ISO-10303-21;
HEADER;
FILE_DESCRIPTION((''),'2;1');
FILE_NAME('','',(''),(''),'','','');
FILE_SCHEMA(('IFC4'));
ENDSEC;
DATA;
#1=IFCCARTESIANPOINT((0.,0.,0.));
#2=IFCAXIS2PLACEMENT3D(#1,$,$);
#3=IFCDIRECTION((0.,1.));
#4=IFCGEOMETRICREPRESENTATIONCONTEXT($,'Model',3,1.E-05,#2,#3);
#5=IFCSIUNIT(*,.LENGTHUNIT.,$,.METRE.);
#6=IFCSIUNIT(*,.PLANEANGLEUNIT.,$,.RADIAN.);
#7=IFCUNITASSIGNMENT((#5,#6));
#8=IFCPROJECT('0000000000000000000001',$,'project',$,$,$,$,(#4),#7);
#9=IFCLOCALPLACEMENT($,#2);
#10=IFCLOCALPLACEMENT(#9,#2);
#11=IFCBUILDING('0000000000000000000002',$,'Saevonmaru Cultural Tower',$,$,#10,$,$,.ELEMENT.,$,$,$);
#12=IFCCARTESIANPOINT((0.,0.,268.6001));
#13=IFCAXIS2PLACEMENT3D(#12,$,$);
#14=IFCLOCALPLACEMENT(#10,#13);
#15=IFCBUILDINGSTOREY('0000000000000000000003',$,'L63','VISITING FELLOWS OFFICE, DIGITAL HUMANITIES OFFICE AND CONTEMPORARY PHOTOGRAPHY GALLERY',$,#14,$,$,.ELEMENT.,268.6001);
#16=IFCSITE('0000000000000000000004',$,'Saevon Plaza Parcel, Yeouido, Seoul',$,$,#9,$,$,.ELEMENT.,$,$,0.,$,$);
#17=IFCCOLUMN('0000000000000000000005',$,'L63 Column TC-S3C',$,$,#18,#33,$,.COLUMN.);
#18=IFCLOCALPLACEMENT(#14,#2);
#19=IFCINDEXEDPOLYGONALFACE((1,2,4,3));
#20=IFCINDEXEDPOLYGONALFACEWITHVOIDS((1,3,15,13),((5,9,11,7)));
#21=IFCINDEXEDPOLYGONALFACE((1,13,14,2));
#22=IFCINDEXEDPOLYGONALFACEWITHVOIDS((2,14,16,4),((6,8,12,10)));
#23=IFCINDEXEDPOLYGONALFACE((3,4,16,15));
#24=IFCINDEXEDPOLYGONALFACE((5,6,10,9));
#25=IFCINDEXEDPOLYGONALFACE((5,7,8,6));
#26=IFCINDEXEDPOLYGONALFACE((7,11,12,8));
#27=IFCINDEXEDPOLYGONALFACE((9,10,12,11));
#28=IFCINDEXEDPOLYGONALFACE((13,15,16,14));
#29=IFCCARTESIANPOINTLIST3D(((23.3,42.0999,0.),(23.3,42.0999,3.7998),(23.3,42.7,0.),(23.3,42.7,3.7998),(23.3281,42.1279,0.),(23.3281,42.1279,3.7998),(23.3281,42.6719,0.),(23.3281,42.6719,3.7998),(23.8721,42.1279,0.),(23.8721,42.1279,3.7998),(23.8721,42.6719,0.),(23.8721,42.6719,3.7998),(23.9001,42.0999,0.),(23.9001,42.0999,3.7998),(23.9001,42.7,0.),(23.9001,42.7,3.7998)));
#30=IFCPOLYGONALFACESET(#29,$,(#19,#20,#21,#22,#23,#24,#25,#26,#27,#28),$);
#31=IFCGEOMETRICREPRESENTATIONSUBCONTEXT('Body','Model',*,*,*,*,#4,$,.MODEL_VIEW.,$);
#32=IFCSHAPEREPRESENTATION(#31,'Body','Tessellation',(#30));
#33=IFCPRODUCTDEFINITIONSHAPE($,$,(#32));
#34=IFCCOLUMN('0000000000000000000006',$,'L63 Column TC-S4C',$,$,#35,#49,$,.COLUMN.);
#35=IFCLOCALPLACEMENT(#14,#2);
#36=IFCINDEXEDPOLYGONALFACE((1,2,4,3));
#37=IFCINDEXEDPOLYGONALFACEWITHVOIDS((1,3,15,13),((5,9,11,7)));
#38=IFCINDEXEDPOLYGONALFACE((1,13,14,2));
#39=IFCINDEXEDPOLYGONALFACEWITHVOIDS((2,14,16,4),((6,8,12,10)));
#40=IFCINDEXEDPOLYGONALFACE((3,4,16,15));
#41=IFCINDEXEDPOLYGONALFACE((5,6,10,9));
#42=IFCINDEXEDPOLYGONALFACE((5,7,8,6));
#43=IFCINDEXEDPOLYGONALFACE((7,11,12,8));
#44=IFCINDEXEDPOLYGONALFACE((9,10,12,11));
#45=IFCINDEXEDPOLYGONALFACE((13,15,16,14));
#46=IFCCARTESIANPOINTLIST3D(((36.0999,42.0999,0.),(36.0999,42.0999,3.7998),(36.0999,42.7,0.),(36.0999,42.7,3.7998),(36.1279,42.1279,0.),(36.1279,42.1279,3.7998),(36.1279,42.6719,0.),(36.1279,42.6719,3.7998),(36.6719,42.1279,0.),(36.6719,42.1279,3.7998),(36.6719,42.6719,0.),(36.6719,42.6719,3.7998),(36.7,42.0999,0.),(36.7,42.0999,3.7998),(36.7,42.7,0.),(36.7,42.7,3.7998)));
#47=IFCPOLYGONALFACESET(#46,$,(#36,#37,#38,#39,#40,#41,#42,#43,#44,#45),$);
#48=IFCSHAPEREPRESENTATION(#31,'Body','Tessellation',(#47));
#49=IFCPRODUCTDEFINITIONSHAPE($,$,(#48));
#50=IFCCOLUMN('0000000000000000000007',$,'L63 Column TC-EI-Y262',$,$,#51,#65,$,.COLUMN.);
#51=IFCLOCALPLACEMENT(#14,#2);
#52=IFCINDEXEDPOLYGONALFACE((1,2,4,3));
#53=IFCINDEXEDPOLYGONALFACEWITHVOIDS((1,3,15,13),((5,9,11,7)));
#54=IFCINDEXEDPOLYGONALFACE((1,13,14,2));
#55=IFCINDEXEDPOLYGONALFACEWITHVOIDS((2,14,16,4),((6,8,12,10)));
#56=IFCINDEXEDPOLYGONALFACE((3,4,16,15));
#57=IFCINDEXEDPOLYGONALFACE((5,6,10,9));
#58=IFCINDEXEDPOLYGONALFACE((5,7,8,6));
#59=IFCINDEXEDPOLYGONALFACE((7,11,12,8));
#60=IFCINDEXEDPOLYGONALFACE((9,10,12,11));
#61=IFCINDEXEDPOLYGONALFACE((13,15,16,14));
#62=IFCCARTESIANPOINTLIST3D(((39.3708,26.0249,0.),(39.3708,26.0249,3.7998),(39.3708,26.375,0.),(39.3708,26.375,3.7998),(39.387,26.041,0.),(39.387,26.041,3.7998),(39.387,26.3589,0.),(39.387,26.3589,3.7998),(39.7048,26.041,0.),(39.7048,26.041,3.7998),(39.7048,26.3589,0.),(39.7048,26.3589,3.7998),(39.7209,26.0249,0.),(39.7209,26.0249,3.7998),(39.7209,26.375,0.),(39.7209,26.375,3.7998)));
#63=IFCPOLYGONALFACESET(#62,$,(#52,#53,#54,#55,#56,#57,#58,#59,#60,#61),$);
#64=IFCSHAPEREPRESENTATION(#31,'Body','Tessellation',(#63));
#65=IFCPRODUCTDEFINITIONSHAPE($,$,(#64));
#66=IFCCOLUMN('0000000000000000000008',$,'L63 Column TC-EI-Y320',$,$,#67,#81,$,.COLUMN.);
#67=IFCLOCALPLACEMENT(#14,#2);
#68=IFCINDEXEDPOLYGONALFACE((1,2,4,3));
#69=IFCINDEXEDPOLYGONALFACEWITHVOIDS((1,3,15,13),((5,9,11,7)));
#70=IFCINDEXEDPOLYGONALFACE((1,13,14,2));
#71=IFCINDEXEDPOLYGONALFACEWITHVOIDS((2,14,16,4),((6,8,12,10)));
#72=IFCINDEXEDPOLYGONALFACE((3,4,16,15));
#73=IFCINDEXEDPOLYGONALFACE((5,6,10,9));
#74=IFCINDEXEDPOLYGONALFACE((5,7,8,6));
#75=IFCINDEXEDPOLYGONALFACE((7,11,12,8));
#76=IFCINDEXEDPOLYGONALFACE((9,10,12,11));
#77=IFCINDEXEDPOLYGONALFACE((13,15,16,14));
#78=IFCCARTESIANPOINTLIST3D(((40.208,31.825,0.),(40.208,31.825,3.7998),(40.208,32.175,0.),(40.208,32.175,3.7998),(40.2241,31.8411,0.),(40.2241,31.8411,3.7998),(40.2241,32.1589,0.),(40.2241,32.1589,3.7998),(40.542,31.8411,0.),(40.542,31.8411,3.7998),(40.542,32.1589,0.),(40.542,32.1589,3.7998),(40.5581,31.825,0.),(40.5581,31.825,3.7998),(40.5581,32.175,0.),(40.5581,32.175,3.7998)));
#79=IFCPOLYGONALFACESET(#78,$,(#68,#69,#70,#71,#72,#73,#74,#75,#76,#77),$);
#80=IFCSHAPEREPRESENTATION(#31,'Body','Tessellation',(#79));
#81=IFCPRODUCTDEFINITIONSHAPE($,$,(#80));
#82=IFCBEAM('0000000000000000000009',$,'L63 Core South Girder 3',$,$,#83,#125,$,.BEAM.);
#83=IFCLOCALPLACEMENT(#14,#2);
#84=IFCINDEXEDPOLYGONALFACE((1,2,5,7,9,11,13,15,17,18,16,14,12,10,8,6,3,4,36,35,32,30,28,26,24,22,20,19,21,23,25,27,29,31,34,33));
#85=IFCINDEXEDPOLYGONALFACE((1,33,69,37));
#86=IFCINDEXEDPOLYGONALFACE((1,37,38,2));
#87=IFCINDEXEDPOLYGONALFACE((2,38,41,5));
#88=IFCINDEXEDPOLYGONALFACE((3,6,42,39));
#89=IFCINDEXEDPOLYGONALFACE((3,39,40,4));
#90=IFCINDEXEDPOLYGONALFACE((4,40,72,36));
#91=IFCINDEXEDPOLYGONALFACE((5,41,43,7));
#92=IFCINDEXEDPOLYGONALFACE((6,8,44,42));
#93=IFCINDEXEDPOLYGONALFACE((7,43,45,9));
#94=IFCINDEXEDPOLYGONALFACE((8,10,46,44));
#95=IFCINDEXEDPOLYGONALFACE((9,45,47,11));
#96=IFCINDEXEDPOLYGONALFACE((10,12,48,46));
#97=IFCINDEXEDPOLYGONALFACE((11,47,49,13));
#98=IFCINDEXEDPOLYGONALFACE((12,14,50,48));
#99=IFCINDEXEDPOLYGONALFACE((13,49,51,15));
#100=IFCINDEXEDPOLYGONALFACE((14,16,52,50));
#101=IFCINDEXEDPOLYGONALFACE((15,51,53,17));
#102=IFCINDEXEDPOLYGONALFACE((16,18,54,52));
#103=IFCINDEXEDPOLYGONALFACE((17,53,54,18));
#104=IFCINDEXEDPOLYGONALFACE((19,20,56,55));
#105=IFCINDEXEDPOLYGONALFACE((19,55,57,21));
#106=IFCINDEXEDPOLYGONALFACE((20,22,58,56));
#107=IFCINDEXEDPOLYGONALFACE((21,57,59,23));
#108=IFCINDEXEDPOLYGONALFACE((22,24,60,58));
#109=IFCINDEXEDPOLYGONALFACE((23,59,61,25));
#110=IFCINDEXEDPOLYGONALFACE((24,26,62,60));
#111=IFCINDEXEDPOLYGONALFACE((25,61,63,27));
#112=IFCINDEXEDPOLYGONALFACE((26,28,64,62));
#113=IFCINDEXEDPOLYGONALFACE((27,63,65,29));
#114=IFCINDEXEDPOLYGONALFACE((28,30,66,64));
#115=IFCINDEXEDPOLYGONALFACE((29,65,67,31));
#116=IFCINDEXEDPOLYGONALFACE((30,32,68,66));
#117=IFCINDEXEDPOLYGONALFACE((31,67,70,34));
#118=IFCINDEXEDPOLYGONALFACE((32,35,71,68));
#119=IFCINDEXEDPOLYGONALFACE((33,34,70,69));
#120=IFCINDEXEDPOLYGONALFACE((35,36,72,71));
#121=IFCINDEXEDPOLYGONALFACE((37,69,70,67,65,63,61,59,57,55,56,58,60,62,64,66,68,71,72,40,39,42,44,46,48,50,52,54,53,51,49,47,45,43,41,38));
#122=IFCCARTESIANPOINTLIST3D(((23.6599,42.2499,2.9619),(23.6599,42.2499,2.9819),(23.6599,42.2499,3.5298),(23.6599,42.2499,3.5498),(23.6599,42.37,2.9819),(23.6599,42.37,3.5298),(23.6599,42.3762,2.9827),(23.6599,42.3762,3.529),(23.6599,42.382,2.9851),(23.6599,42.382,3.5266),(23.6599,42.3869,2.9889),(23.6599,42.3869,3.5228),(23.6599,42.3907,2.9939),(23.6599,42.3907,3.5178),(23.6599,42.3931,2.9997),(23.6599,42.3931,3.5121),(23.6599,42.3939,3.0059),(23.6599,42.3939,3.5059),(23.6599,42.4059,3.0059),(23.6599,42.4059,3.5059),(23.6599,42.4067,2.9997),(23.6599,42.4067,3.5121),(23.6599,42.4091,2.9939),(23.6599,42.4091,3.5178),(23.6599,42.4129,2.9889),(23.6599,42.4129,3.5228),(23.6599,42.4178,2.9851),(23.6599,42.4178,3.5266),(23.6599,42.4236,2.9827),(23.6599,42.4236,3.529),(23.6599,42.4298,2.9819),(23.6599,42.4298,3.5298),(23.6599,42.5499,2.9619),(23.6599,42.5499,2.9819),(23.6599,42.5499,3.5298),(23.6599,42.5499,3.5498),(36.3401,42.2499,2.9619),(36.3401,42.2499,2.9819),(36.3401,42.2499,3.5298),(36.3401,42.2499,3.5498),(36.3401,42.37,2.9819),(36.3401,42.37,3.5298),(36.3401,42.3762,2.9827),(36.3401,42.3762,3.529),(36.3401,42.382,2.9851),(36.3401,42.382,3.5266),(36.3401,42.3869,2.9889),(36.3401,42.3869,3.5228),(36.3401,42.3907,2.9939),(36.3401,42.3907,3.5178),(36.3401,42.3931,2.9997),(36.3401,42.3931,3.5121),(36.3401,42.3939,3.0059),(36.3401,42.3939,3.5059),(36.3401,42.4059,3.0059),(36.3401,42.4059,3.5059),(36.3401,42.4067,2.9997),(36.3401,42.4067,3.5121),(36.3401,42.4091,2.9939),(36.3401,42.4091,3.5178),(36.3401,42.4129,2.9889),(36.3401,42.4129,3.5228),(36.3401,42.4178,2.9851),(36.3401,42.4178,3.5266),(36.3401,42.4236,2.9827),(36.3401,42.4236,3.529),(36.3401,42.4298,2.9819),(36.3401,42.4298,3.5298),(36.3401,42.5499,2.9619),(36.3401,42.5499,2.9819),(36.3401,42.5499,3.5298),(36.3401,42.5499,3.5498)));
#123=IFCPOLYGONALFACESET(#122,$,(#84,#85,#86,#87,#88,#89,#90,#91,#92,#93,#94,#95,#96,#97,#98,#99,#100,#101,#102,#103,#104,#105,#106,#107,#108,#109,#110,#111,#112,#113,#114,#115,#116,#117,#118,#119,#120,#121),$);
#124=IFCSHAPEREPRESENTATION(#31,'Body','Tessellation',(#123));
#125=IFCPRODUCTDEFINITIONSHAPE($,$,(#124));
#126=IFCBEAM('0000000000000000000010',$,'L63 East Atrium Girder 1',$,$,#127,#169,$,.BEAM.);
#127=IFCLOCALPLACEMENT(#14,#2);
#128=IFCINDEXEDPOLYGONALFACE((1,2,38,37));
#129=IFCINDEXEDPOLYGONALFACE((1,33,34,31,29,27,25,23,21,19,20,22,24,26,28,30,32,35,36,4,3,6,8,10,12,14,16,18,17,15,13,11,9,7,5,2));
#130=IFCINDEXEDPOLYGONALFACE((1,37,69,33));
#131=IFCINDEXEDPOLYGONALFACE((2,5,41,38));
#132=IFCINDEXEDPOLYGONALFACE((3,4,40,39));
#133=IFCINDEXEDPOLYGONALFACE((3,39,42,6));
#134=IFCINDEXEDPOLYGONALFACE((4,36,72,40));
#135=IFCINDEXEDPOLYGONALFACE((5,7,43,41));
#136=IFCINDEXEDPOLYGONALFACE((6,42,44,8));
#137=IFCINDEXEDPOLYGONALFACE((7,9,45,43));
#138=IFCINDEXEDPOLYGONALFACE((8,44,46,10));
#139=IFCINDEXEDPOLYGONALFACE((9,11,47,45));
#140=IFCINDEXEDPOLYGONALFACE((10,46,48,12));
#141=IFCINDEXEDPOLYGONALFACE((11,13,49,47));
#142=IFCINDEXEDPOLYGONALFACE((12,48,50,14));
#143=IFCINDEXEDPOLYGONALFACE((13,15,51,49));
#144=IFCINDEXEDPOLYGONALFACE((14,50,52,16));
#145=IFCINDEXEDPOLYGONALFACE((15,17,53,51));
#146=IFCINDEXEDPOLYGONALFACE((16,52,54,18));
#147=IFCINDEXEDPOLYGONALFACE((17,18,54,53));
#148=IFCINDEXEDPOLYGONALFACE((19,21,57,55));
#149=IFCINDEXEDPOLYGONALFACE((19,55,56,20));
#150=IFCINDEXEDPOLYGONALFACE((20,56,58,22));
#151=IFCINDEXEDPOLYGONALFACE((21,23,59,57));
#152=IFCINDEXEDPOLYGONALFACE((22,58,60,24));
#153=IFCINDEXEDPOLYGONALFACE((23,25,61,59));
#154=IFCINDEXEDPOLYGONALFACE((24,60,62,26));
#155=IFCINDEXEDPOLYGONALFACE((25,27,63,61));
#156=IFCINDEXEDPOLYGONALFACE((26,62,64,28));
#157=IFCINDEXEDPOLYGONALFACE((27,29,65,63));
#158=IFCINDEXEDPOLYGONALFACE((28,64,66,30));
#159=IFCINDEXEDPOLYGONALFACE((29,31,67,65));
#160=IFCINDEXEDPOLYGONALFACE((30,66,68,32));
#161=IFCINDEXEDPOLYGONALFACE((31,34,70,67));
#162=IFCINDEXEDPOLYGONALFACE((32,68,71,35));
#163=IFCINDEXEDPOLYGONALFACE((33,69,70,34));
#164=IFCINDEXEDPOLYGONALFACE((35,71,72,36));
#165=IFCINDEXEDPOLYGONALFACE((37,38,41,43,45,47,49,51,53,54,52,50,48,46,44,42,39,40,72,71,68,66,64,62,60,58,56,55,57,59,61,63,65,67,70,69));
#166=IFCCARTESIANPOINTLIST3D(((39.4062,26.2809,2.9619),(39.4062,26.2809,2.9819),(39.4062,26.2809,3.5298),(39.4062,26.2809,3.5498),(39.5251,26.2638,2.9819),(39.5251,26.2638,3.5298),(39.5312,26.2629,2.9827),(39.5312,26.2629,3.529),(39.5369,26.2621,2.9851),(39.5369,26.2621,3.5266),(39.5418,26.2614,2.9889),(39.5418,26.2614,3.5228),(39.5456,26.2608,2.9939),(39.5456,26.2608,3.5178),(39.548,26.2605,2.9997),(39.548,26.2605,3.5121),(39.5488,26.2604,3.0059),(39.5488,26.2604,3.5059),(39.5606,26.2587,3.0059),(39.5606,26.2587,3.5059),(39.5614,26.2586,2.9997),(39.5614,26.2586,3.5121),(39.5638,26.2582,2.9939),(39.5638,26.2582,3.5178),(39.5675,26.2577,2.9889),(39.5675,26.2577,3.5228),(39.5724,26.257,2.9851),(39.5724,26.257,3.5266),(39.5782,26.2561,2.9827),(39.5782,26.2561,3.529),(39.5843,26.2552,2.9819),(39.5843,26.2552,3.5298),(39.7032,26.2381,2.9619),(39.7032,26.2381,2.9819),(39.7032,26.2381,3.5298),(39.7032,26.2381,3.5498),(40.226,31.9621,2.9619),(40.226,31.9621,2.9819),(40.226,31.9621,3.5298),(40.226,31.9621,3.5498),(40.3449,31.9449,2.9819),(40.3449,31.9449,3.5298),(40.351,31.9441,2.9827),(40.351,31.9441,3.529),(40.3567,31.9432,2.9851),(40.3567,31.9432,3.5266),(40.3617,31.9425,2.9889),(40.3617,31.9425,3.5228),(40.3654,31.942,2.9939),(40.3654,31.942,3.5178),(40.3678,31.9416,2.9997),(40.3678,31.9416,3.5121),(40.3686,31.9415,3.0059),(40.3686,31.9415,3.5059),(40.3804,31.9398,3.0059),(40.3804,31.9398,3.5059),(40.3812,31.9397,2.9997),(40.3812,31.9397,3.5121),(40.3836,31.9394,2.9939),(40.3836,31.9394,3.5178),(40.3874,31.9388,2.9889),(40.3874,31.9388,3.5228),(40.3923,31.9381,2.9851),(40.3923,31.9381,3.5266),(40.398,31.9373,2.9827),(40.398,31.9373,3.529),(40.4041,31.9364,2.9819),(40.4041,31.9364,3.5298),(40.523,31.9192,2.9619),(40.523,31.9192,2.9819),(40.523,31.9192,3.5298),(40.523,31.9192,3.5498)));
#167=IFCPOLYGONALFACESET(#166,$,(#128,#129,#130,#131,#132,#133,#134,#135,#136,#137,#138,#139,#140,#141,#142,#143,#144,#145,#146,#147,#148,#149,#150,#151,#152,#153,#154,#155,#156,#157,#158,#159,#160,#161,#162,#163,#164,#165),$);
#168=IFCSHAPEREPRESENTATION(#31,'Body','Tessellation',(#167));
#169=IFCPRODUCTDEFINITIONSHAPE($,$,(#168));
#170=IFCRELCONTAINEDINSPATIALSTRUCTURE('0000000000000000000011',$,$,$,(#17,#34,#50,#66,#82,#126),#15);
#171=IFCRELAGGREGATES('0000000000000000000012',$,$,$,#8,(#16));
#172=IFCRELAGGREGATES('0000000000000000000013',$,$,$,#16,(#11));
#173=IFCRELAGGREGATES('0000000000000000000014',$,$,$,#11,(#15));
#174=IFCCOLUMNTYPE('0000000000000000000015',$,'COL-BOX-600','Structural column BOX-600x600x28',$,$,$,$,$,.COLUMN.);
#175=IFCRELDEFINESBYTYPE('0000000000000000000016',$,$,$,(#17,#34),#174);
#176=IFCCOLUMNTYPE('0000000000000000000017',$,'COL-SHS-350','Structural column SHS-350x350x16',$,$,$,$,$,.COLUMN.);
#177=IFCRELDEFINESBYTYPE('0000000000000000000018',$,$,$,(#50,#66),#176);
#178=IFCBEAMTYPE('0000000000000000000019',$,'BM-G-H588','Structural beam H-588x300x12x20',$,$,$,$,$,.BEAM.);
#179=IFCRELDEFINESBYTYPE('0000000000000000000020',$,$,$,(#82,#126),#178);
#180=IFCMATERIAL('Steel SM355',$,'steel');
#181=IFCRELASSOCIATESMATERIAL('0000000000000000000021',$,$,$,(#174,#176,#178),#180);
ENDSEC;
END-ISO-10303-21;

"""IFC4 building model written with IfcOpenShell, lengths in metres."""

from ifc_helpers import new_model, si_unit, direction, frame, origin, origin_2d, place, context, subcontext, project, spatial, hollow_rectangle, i_section, extrude, material, material_profile, profile_set, type_object, element, save


model = new_model("IFC4")

# Units and contexts
model_context = context("Model", 3, precision=1e-05, world=origin(), true_north=direction((0.0, 1.0)))
body_context = subcontext(model_context, "Body", "Model", "MODEL_VIEW")
ifc_project = project(units=[si_unit("LENGTHUNIT", "METRE"), si_unit("PLANEANGLEUNIT", "RADIAN")], contexts=[model_context])

# Site, building, storey
site_placement = place(None, origin())
site = spatial("IfcSite", under=ifc_project, at=site_placement, Name="Saevon Plaza Parcel, Yeouido, Seoul", CompositionType="ELEMENT", RefElevation=0.0)
building_placement = place(site_placement, origin())
building = spatial("IfcBuilding", under=site, at=building_placement, Name="Saevonmaru Cultural Tower", CompositionType="ELEMENT")
storey_placement = place(building_placement, frame((0.0, 0.0, 268.6001)))
storey = spatial("IfcBuildingStorey", under=building, at=storey_placement, Name="L63", Description="VISITING FELLOWS OFFICE, DIGITAL HUMANITIES OFFICE AND CONTEMPORARY PHOTOGRAPHY GALLERY", CompositionType="ELEMENT", Elevation=268.6001)

# Columns
ifc_material_1 = material(Name="Steel SM355", Category="steel")
ifc_material_profile_1 = material_profile(ifc_material_1, hollow_rectangle(XDim=0.6001, YDim=0.6001, WallThickness=0.0281, at=origin_2d()), Name="BOX-600x600x28")
ifc_profile_set_1 = profile_set([ifc_material_profile_1], Name="Steel SM355")
column_type_1 = type_object("IfcColumnType", Name="COL-BOX-600", Description="Structural column BOX-600x600x28", PredefinedType="COLUMN", material=ifc_profile_set_1)
for number, where, z_axis, x_axis, name in (
    (1, (23.6001, 42.3999, 0.0), (0.0, 0.0, 1.0), (1.0, 0.0, 0.0), "L63 Column TC-S3C"),
    (2, (36.3999, 42.3999, 0.0), (0.0, 0.0, 1.0), (1.0, 0.0, 0.0), "L63 Column TC-S4C"),
):
    element("IfcColumn", number, at=place(storey_placement, frame(where, z_axis=z_axis, x_axis=x_axis)), inside=storey, type_object=column_type_1, Name=name, PredefinedType="COLUMN", context=body_context, shape_type="SweptSolid", body=[
        extrude(hollow_rectangle(XDim=0.6001, YDim=0.6001, WallThickness=0.0281, at=origin_2d()), origin(), (0.0, 0.0, 1.0), 3.7998),
    ])
ifc_material_profile_2 = material_profile(ifc_material_1, hollow_rectangle(XDim=0.3501, YDim=0.3501, WallThickness=0.0161, at=origin_2d()), Name="SHS-350x350x16")
ifc_profile_set_2 = profile_set([ifc_material_profile_2], Name="Steel SM355")
column_type_2 = type_object("IfcColumnType", Name="COL-SHS-350", Description="Structural column SHS-350x350x16", PredefinedType="COLUMN", material=ifc_profile_set_2)
for number, where, z_axis, x_axis, name in (
    (3, (39.5459, 26.2, 0.0), (0.0, 0.0, 1.0), (1.0, 0.0, 0.0), "L63 Column TC-EI-Y262"),
    (4, (40.3831, 32.0, 0.0), (0.0, 0.0, 1.0), (1.0, 0.0, 0.0), "L63 Column TC-EI-Y320"),
):
    element("IfcColumn", number, at=place(storey_placement, frame(where, z_axis=z_axis, x_axis=x_axis)), inside=storey, type_object=column_type_2, Name=name, PredefinedType="COLUMN", context=body_context, shape_type="SweptSolid", body=[
        extrude(hollow_rectangle(XDim=0.3501, YDim=0.3501, WallThickness=0.0161, at=origin_2d()), origin(), (0.0, 0.0, 1.0), 3.7998),
    ])

# Beams
ifc_material_profile_3 = material_profile(ifc_material_1, i_section(OverallWidth=0.3, OverallDepth=0.5879, WebThickness=0.012, FlangeThickness=0.02, FilletRadius=0.0239, at=origin_2d()), Name="H-588x300x12x20")
ifc_profile_set_3 = profile_set([ifc_material_profile_3], Name="Steel SM355")
beam_type_1 = type_object("IfcBeamType", Name="BM-G-H588", Description="Structural beam H-588x300x12x20", PredefinedType="BEAM", material=ifc_profile_set_3)
beam_1_placement = place(storey_placement, frame((23.6599, 42.3999, 3.2559), z_axis=(1.0, 0.0, 0.0), x_axis=(0.0, 1.0, 0.0)))
element("IfcBeam", 5, at=beam_1_placement, inside=storey, type_object=beam_type_1, Name="L63 Core South Girder 3", PredefinedType="BEAM", context=body_context, shape_type="SweptSolid", body=[
    extrude(i_section(OverallWidth=0.3, OverallDepth=0.5879, WebThickness=0.012, FlangeThickness=0.02, FilletRadius=0.0239, at=origin_2d()), origin(), (0.0, 0.0, 1.0), 12.6802),
])
beam_2_placement = place(storey_placement, frame((39.5547, 26.2595, 3.2559), z_axis=(0.142827, 0.989748, 0.0), x_axis=(-0.989748, 0.142827, 0.0)))
element("IfcBeam", 6, at=beam_2_placement, inside=storey, type_object=beam_type_1, Name="L63 East Atrium Girder 1", PredefinedType="BEAM", context=body_context, shape_type="SweptSolid", body=[
    extrude(i_section(OverallWidth=0.3, OverallDepth=0.5879, WebThickness=0.012, FlangeThickness=0.02, FilletRadius=0.0239, at=origin_2d()), origin(), (0.0, 0.0, 1.0), 5.74),
])

save(model, "model.ifc")
